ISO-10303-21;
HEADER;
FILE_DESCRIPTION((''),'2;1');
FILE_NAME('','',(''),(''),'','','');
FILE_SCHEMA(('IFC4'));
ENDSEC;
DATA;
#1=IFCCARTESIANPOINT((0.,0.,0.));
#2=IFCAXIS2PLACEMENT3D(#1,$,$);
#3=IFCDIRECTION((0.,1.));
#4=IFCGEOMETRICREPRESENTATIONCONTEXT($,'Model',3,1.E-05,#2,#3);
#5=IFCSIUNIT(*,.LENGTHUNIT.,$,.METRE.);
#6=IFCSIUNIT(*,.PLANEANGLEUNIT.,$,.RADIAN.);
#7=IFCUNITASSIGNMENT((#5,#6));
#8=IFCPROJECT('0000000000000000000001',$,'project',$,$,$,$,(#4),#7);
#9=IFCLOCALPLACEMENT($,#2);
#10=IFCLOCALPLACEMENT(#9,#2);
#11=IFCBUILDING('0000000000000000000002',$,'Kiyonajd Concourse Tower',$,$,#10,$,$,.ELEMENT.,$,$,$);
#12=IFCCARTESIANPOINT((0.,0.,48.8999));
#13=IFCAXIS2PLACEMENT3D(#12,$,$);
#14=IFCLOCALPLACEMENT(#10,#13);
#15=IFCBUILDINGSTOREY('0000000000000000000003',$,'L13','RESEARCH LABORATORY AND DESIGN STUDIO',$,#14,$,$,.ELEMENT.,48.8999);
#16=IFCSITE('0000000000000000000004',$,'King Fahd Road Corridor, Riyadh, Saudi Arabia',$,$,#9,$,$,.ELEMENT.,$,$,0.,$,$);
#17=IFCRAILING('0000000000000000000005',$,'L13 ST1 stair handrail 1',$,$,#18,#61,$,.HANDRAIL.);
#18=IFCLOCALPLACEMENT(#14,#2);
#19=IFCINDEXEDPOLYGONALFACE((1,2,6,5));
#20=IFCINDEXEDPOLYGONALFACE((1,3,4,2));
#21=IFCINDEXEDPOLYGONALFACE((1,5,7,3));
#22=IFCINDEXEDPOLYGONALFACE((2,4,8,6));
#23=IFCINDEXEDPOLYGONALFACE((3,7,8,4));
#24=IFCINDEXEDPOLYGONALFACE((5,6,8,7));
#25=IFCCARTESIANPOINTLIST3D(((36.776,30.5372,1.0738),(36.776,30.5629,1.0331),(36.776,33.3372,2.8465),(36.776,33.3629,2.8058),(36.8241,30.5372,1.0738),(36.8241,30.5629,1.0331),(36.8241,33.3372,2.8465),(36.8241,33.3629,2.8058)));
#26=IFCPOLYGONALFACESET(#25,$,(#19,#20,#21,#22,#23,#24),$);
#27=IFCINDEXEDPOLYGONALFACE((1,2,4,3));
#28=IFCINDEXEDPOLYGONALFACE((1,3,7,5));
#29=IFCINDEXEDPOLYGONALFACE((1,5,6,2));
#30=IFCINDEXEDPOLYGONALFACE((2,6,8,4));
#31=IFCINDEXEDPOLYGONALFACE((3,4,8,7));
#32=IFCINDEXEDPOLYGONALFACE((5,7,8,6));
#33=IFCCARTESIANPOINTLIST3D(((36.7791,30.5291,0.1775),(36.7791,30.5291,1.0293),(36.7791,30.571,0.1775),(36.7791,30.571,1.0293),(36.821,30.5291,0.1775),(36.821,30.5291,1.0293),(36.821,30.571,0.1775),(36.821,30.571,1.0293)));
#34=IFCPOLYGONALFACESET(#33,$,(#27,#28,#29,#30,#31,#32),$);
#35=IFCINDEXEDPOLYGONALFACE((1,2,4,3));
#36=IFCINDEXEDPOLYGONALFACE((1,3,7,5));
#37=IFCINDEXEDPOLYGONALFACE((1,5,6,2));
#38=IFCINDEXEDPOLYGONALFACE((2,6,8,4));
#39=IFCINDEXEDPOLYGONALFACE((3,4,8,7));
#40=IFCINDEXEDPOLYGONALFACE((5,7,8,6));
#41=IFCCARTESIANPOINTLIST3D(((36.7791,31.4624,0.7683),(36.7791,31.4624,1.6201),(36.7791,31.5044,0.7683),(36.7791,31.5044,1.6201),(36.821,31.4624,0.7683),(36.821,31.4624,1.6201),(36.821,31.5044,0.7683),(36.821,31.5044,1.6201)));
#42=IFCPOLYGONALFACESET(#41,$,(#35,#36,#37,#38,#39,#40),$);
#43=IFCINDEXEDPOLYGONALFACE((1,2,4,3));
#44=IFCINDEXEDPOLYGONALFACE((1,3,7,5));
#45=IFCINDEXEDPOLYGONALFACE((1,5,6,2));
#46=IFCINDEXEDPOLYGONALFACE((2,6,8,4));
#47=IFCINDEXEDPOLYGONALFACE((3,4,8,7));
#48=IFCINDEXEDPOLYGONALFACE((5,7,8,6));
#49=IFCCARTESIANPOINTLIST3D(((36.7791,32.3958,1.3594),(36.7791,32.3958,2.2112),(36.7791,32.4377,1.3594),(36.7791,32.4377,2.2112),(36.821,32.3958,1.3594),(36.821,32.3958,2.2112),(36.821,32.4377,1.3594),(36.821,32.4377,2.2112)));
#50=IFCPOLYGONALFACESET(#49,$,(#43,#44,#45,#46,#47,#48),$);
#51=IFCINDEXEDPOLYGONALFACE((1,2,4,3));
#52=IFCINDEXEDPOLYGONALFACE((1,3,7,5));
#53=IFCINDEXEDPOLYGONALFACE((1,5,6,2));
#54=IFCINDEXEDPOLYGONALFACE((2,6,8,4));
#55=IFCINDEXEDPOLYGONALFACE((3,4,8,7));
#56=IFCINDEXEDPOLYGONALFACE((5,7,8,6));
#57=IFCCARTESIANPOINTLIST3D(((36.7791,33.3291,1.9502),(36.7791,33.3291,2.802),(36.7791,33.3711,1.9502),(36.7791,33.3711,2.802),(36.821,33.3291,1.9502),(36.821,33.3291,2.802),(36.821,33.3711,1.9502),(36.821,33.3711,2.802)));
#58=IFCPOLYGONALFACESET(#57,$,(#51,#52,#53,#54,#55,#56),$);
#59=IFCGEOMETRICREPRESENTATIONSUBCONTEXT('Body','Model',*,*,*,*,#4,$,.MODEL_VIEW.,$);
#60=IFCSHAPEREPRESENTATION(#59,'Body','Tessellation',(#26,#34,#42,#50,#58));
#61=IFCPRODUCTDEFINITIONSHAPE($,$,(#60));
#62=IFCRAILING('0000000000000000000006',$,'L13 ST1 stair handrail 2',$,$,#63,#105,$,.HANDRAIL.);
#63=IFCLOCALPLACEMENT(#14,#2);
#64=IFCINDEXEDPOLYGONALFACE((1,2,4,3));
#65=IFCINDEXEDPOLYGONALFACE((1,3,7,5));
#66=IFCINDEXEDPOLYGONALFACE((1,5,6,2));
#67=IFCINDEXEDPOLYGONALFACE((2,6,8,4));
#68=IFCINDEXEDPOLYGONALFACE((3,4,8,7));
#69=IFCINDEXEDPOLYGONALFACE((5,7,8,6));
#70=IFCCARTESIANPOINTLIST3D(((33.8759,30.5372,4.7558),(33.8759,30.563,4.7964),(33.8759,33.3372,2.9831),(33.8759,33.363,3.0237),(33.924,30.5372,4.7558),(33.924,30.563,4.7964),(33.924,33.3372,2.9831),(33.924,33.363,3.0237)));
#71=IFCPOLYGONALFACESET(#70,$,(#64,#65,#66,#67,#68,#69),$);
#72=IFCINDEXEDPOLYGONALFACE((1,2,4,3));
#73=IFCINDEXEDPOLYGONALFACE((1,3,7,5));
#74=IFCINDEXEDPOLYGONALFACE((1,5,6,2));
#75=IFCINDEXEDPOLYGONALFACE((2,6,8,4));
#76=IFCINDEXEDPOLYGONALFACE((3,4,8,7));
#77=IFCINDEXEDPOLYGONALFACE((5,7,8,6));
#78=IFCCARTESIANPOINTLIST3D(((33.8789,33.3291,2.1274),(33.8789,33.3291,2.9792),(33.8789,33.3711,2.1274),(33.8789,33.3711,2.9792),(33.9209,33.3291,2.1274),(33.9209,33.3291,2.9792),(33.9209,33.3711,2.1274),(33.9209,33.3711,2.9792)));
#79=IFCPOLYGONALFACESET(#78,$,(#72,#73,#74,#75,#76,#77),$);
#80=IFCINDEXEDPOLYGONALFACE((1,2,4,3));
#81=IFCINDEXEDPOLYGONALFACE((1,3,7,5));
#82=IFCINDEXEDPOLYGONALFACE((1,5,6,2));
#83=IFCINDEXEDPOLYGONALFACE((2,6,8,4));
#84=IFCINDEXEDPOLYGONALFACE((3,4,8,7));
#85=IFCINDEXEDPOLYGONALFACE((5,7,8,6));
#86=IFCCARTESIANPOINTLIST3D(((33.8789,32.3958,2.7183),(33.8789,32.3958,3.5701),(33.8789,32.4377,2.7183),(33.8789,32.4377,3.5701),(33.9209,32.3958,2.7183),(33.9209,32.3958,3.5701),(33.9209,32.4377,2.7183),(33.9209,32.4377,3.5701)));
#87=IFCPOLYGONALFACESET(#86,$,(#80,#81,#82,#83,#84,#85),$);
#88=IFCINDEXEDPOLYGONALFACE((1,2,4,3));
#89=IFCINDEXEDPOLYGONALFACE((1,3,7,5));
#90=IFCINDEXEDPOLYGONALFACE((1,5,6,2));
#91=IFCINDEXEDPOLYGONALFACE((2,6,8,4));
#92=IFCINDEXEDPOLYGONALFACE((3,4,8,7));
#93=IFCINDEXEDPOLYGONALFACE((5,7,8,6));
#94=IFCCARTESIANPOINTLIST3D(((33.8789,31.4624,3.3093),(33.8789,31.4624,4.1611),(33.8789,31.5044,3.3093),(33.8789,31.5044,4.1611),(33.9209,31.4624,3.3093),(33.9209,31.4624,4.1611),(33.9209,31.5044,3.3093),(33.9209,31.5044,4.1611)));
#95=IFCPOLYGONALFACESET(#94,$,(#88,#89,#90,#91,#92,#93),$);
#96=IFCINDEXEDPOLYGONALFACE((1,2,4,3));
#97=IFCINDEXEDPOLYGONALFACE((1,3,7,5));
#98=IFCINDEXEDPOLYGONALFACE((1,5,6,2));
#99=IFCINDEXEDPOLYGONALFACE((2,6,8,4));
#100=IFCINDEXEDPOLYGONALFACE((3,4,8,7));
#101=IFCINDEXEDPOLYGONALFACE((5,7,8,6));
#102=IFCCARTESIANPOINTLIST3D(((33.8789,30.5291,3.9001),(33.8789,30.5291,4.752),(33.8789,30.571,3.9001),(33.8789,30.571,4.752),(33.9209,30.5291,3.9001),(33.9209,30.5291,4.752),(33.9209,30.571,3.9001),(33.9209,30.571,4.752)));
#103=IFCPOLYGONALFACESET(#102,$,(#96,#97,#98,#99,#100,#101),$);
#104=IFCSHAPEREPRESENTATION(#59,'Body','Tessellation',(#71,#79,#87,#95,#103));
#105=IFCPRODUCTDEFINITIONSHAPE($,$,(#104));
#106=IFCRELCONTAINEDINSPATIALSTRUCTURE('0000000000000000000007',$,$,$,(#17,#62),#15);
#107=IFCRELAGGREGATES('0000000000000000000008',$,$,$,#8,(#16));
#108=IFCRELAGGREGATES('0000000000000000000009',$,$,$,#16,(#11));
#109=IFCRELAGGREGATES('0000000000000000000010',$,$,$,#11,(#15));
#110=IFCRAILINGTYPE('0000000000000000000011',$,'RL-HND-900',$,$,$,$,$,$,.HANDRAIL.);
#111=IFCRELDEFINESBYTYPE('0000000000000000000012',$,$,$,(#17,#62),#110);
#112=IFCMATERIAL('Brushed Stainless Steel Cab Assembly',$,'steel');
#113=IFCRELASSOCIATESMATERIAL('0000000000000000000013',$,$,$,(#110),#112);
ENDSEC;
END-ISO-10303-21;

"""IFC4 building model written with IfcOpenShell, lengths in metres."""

from ifc_helpers import new_model, si_unit, direction, frame, origin, origin_2d, place, context, subcontext, project, spatial, rectangle, extrude, material, type_object, element, save


model = new_model("IFC4")

# Units and contexts
model_context = context("Model", 3, precision=1e-05, world=origin(), true_north=direction((0.0, 1.0)))
body_context = subcontext(model_context, "Body", "Model", "MODEL_VIEW")
ifc_project = project(units=[si_unit("LENGTHUNIT", "METRE"), si_unit("PLANEANGLEUNIT", "RADIAN")], contexts=[model_context])

# Site, building, storey
site_placement = place(None, origin())
site = spatial("IfcSite", under=ifc_project, at=site_placement, Name="King Fahd Road Corridor, Riyadh, Saudi Arabia", CompositionType="ELEMENT", RefElevation=0.0)
building_placement = place(site_placement, origin())
building = spatial("IfcBuilding", under=site, at=building_placement, Name="Kiyonajd Concourse Tower", CompositionType="ELEMENT")
storey_placement = place(building_placement, frame((0.0, 0.0, 48.8999)))
storey = spatial("IfcBuildingStorey", under=building, at=storey_placement, Name="L13", Description="RESEARCH LABORATORY AND DESIGN STUDIO", CompositionType="ELEMENT", Elevation=48.8999)

# Shared definitions
ifc_material_1 = material(Name="Brushed Stainless Steel Cab Assembly", Category="steel")

# Railings
railing_type_1 = type_object("IfcRailingType", Name="RL-HND-900", PredefinedType="HANDRAIL", material=ifc_material_1)
railing_1_placement = place(storey_placement, frame((36.8, 30.55, 0.1775)))
element("IfcRailing", 1, at=railing_1_placement, inside=storey, type_object=railing_type_1, Name="L13 ST1 stair handrail 1", PredefinedType="HANDRAIL", context=body_context, shape_type="SweptSolid", body=[
    extrude(rectangle(XDim=0.0481, YDim=0.0481, at=origin_2d()), frame((0.0, 0.0, 0.876), z_axis=(0.0, 0.844909, 0.53491), x_axis=(-1.0, 0.0, 0.0)), (0.0, 0.0, 1.0), 3.314),
    extrude(rectangle(XDim=0.042, YDim=0.042, at=origin_2d()), origin(), (0.0, 0.0, 1.0), 0.8518),
    extrude(rectangle(XDim=0.042, YDim=0.042, at=origin_2d()), frame((0.0, 0.9333, 0.5908)), (0.0, 0.0, 1.0), 0.8518),
    extrude(rectangle(XDim=0.042, YDim=0.042, at=origin_2d()), frame((0.0, 1.8667, 1.1819)), (0.0, 0.0, 1.0), 0.8518),
    extrude(rectangle(XDim=0.042, YDim=0.042, at=origin_2d()), frame((0.0, 2.8, 1.7727)), (0.0, 0.0, 1.0), 0.8518),
])
railing_2_placement = place(storey_placement, frame((33.8999, 33.3501, 2.1274)))
element("IfcRailing", 2, at=railing_2_placement, inside=storey, type_object=railing_type_1, Name="L13 ST1 stair handrail 2", PredefinedType="HANDRAIL", context=body_context, shape_type="SweptSolid", body=[
    extrude(rectangle(XDim=0.0481, YDim=0.0481, at=origin_2d()), frame((0.0, 0.0, 0.876), z_axis=(0.0, -0.844909, 0.53491), x_axis=(1.0, 0.0, 0.0)), (0.0, 0.0, 1.0), 3.314),
    extrude(rectangle(XDim=0.042, YDim=0.042, at=origin_2d()), origin(), (0.0, 0.0, 1.0), 0.8518),
    extrude(rectangle(XDim=0.042, YDim=0.042, at=origin_2d()), frame((0.0, -0.9333, 0.5908)), (0.0, 0.0, 1.0), 0.8518),
    extrude(rectangle(XDim=0.042, YDim=0.042, at=origin_2d()), frame((0.0, -1.8667, 1.1819)), (0.0, 0.0, 1.0), 0.8518),
    extrude(rectangle(XDim=0.042, YDim=0.042, at=origin_2d()), frame((0.0, -2.8, 1.7727)), (0.0, 0.0, 1.0), 0.8518),
])

save(model, "model.ifc")
